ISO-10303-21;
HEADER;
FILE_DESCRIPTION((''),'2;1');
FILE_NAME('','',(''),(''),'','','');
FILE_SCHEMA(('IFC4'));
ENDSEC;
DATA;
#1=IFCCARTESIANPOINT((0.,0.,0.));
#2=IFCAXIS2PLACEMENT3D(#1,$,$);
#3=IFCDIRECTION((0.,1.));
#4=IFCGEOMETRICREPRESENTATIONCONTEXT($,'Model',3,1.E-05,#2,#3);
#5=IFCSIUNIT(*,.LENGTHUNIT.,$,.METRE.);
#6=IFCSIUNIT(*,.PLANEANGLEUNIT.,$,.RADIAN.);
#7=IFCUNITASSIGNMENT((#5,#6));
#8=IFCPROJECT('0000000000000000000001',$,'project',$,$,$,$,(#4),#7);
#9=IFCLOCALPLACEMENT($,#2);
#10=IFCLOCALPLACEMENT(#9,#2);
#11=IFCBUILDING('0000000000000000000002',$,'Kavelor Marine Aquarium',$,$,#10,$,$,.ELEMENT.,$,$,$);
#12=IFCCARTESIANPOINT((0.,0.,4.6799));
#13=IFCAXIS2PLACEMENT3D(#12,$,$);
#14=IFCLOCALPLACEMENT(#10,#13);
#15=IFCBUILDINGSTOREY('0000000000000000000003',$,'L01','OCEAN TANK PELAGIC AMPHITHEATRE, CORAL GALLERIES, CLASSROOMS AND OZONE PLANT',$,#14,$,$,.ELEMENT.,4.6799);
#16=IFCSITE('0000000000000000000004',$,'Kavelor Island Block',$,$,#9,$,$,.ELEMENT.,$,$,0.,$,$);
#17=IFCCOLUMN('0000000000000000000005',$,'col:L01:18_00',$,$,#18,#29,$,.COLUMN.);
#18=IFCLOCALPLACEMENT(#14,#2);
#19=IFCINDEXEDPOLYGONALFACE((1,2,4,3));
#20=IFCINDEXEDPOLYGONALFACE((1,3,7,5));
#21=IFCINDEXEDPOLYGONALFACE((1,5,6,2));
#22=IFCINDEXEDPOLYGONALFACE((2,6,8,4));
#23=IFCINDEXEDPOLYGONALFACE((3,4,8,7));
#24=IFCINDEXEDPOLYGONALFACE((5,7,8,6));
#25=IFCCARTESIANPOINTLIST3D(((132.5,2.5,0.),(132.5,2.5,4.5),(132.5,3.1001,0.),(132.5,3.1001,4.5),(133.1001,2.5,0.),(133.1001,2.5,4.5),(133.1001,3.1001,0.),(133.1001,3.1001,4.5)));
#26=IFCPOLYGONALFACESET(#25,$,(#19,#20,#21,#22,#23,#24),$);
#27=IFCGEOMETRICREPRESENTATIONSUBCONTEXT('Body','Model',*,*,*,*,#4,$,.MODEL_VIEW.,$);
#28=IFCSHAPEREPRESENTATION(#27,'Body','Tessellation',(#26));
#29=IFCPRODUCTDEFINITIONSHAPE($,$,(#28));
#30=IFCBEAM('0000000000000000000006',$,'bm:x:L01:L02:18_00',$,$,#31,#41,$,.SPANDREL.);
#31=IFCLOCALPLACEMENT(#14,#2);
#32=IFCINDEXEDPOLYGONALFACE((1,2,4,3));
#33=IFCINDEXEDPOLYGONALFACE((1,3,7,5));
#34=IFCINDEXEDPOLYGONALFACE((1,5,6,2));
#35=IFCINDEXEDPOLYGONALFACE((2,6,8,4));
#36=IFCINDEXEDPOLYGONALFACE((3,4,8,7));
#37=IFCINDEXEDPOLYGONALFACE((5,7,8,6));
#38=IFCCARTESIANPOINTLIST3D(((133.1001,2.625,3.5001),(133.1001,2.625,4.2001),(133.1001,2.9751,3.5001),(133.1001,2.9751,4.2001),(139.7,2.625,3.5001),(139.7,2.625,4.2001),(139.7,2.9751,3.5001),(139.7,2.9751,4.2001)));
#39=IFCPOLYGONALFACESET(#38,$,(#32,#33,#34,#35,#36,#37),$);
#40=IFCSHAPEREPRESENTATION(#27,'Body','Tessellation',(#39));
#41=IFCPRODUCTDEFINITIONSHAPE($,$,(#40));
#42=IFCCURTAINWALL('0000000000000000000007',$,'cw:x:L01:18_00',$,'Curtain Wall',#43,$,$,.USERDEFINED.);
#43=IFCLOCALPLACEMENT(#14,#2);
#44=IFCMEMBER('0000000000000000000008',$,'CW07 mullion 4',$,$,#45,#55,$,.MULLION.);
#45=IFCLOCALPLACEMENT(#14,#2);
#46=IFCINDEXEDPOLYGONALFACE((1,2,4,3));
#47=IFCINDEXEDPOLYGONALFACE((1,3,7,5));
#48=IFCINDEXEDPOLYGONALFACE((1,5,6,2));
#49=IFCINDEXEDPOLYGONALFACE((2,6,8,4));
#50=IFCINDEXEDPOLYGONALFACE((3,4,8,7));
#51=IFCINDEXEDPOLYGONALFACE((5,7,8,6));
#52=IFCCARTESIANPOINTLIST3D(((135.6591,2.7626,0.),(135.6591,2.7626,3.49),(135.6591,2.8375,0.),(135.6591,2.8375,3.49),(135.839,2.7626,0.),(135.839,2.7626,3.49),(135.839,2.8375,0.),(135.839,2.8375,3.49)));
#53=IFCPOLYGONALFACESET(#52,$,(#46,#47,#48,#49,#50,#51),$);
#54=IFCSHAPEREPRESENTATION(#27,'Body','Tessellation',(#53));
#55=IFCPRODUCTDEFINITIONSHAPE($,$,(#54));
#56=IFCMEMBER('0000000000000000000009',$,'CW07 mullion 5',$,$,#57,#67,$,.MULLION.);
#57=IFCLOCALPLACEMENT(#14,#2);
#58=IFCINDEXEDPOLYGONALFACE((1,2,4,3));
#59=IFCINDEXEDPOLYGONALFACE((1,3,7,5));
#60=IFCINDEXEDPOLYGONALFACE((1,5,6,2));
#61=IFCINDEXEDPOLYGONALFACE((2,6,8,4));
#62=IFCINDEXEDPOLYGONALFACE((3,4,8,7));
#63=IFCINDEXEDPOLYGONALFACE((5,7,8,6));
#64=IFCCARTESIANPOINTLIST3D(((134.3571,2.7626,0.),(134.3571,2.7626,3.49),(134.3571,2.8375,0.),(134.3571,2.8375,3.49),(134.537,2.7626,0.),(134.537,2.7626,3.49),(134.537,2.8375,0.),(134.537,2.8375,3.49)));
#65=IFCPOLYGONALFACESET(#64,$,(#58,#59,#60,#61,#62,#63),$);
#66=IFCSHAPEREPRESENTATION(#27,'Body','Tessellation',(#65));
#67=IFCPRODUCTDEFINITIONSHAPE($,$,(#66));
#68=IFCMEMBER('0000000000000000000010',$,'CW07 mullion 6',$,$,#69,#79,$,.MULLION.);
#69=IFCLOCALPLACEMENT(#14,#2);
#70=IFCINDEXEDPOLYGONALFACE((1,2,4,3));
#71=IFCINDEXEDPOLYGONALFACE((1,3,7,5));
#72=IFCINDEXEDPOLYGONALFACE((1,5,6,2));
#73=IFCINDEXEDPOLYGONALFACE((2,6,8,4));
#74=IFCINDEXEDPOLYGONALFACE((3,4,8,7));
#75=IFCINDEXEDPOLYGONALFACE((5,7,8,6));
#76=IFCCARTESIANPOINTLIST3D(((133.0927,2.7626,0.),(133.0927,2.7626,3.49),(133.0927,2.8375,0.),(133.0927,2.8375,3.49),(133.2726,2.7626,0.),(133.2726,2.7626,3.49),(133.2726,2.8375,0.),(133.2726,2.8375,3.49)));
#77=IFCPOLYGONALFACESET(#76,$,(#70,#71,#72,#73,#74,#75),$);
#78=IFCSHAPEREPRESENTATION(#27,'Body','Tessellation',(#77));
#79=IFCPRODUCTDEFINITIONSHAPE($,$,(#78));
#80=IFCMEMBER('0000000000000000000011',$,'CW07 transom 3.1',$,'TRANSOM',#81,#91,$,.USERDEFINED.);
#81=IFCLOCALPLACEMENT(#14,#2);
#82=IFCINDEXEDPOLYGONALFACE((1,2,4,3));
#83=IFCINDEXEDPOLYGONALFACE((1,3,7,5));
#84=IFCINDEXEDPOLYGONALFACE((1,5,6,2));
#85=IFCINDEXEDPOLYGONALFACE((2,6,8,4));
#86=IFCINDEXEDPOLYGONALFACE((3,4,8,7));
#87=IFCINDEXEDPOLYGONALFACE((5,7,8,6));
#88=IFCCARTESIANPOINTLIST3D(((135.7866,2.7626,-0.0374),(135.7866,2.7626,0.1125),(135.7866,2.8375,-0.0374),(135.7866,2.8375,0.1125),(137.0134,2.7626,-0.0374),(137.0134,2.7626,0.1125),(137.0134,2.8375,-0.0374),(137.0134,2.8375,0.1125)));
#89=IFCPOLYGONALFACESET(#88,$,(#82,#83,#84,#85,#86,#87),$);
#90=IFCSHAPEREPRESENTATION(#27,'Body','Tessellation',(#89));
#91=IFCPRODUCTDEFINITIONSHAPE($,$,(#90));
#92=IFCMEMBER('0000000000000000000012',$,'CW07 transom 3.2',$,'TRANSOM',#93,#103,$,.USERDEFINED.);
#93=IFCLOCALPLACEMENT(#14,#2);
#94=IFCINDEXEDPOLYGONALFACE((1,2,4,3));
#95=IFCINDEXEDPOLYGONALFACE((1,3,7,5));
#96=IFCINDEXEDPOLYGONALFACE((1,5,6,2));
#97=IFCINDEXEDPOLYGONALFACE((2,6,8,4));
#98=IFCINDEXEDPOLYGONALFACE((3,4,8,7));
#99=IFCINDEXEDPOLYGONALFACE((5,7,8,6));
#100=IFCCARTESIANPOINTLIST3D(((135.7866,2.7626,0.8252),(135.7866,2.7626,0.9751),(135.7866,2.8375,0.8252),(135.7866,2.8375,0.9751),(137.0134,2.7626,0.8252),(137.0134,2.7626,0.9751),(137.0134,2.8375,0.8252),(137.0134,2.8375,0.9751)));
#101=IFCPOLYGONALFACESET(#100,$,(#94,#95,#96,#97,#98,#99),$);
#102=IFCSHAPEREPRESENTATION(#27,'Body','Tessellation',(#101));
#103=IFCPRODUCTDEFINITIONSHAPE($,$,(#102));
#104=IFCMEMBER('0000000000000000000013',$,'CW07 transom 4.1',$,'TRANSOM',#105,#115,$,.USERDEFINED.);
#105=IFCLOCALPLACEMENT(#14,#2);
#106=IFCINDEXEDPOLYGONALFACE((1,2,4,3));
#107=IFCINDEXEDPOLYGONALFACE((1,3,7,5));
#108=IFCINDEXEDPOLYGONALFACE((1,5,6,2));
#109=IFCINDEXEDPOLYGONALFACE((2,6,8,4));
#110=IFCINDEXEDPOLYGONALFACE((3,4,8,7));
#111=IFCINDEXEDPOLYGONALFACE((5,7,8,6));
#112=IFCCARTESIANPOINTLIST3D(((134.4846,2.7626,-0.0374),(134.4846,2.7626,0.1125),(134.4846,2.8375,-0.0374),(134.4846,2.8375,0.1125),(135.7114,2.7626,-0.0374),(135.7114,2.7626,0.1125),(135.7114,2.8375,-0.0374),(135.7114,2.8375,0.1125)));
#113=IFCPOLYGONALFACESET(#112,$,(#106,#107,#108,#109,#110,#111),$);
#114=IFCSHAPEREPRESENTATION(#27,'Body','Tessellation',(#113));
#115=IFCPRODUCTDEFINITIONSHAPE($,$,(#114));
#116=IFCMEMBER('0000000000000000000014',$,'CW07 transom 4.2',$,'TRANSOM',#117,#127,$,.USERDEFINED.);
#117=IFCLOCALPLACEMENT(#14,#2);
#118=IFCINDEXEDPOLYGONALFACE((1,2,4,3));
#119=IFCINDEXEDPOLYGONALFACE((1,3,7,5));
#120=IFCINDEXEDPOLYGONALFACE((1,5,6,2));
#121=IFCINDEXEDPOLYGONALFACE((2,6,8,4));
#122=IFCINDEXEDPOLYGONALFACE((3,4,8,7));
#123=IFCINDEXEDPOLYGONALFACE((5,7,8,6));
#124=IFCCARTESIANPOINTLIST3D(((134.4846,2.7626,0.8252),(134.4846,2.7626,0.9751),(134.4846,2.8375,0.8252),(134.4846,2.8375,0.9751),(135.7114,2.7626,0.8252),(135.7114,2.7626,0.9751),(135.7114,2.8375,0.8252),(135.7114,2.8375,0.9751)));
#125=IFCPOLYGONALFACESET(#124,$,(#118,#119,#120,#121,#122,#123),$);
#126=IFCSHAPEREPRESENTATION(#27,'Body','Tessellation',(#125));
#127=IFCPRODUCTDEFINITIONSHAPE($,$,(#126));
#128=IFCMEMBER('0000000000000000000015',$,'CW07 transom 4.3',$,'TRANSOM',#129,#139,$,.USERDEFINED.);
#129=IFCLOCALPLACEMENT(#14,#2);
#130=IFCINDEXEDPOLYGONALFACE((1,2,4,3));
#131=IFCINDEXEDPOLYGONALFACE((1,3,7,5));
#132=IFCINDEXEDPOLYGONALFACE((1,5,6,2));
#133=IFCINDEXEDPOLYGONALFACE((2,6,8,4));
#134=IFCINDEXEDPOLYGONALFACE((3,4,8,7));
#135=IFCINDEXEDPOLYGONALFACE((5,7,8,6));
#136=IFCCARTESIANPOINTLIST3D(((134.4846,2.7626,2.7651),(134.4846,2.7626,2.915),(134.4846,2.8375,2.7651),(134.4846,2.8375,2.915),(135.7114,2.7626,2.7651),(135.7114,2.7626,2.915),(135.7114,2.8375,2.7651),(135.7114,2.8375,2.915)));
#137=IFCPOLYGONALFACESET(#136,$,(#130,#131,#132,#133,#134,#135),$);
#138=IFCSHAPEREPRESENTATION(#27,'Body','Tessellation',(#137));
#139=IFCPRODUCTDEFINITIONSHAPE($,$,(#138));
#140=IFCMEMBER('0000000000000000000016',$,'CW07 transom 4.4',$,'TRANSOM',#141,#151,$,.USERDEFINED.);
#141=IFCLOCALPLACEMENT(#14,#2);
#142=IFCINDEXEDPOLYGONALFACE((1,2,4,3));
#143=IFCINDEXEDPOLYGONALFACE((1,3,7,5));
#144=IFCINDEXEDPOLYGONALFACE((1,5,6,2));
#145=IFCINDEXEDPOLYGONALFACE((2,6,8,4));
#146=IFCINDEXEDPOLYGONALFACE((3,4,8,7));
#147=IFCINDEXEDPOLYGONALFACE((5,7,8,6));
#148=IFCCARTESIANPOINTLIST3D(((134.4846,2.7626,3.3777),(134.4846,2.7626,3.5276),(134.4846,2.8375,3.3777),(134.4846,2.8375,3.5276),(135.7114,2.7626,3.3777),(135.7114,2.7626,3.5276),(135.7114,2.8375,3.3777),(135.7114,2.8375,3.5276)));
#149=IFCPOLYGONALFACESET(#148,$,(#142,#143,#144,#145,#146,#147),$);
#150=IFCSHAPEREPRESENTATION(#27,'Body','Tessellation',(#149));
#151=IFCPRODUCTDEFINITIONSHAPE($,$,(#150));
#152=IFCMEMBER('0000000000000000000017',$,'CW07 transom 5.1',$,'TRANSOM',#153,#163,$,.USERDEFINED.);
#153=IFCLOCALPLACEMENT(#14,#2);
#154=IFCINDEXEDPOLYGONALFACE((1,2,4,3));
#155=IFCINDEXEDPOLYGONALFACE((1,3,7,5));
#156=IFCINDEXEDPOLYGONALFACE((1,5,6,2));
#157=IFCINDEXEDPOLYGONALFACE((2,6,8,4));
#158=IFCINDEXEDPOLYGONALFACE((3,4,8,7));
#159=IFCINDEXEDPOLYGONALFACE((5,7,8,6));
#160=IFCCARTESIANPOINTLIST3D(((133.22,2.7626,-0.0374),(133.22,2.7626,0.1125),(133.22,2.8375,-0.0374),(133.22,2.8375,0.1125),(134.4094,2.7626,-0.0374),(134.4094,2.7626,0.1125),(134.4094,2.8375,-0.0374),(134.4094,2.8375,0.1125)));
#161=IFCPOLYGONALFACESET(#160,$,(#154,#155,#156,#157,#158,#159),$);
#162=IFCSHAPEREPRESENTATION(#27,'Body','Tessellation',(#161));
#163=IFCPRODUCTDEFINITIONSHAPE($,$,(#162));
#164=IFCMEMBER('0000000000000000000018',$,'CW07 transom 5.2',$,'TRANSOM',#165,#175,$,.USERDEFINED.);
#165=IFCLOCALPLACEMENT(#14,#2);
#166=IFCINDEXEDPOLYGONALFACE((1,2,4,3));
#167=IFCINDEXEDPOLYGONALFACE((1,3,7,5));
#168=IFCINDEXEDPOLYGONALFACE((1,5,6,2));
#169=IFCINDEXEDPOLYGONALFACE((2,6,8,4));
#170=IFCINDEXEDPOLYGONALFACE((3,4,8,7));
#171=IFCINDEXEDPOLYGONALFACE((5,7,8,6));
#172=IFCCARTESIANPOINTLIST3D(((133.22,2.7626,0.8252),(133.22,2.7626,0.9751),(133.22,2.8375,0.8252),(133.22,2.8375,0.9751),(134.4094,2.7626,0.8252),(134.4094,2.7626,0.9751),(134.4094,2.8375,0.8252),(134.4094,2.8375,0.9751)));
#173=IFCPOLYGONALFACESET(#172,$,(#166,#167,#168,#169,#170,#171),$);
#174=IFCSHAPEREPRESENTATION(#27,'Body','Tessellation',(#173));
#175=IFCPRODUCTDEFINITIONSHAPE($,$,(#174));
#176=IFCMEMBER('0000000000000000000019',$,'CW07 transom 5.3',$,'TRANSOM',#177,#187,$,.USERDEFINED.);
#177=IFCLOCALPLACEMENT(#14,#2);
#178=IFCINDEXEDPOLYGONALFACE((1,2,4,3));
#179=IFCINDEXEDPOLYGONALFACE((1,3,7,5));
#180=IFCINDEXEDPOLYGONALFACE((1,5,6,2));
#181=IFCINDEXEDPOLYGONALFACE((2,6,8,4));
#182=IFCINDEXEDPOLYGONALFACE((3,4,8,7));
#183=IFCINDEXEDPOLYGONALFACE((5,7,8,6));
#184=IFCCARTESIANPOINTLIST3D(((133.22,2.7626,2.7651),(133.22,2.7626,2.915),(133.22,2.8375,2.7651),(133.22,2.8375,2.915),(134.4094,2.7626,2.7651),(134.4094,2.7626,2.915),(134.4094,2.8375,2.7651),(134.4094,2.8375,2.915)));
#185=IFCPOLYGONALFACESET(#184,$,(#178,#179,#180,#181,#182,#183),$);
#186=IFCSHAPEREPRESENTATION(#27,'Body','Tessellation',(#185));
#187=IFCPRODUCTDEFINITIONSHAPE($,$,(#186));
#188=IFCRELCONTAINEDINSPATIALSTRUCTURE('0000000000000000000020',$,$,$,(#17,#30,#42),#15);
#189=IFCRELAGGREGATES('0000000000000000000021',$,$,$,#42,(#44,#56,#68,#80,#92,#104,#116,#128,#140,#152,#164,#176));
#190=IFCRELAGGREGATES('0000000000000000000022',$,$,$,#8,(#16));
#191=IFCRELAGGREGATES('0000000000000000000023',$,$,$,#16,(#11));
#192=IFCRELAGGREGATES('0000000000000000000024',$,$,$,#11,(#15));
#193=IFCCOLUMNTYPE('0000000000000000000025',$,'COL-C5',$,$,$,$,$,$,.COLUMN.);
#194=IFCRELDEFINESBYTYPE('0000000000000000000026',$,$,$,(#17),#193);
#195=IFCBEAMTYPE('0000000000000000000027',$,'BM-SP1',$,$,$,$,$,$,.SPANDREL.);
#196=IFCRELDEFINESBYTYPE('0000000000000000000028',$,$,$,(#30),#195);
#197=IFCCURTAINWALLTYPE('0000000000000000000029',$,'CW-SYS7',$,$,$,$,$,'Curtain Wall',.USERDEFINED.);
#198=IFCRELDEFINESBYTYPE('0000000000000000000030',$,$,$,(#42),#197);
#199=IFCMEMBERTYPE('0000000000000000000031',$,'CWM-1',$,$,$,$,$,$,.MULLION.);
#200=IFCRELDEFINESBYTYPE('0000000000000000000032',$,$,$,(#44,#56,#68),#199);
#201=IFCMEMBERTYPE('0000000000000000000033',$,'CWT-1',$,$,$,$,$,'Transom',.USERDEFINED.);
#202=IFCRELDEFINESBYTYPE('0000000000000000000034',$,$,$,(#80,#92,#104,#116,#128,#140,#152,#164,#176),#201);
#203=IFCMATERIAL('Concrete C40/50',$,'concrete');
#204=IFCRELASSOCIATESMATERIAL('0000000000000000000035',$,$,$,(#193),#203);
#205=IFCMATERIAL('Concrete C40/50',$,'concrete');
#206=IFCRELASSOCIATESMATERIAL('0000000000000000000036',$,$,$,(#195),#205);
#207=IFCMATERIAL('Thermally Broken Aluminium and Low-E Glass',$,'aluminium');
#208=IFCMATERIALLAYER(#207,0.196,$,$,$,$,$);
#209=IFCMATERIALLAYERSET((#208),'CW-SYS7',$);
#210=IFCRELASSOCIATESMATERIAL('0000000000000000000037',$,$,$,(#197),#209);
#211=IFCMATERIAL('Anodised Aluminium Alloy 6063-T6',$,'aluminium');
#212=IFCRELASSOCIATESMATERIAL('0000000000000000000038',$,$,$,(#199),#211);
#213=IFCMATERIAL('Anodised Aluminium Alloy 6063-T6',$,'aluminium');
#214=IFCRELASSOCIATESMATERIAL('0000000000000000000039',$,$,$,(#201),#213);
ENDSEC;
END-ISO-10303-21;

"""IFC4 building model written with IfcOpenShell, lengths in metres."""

from ifc_helpers import new_model, si_unit, direction, frame, origin, origin_2d, place, context, subcontext, project, spatial, rectangle, extrude, material, layer, layer_set, material_profile, profile_set, type_object, element, aggregate, save


model = new_model("IFC4")

# Units and contexts
model_context = context("Model", 3, precision=1e-05, world=origin(), true_north=direction((0.0, 1.0)))
body_context = subcontext(model_context, "Body", "Model", "MODEL_VIEW")
ifc_project = project(units=[si_unit("LENGTHUNIT", "METRE"), si_unit("PLANEANGLEUNIT", "RADIAN")], contexts=[model_context])

# Site, building, storey
site_placement = place(None, origin())
site = spatial("IfcSite", under=ifc_project, at=site_placement, Name="Kavelor Island Block", CompositionType="ELEMENT", RefElevation=0.0)
building_placement = place(site_placement, origin())
building = spatial("IfcBuilding", under=site, at=building_placement, Name="Kavelor Marine Aquarium", CompositionType="ELEMENT")
storey_placement = place(building_placement, frame((0.0, 0.0, 4.6799)))
storey = spatial("IfcBuildingStorey", under=building, at=storey_placement, Name="L01", Description="OCEAN TANK PELAGIC AMPHITHEATRE, CORAL GALLERIES, CLASSROOMS AND OZONE PLANT", CompositionType="ELEMENT", Elevation=4.6799)

# Column
ifc_material_1 = material(Name="Concrete C40/50", Category="concrete")
ifc_material_profile_1 = material_profile(ifc_material_1, rectangle(XDim=0.6001, YDim=0.6001, at=origin_2d()), Name="RC-COL 600x600")
ifc_profile_set_1 = profile_set([ifc_material_profile_1], Name="Concrete C40/50")
column_type = type_object("IfcColumnType", Name="COL-C5", PredefinedType="COLUMN", material=ifc_profile_set_1)
column_placement = place(storey_placement, frame((132.8, 2.8, 0.0), z_axis=(0.0, 0.0, 1.0), x_axis=(1.0, 0.0, 0.0)))
element("IfcColumn", 1, at=column_placement, inside=storey, type_object=column_type, Name="col:L01:18_00", PredefinedType="COLUMN", context=body_context, shape_type="SweptSolid", body=[
    extrude(rectangle(XDim=0.6001, YDim=0.6001, at=origin_2d()), origin(), (0.0, 0.0, 1.0), 4.5),
])

# Beam
ifc_material_2 = material(Name="Concrete C40/50", Category="concrete")
ifc_material_profile_2 = material_profile(ifc_material_2, rectangle(XDim=0.3501, YDim=0.7, at=origin_2d()), Name="RC-SP 350x700")
ifc_profile_set_2 = profile_set([ifc_material_profile_2], Name="Concrete C40/50")
beam_type = type_object("IfcBeamType", Name="BM-SP1", PredefinedType="SPANDREL", material=ifc_profile_set_2)
beam_placement = place(storey_placement, frame((133.1001, 2.8, 3.8501), z_axis=(1.0, 0.0, 0.0), x_axis=(0.0, 1.0, 0.0)))
element("IfcBeam", 2, at=beam_placement, inside=storey, type_object=beam_type, Name="bm:x:L01:L02:18_00", PredefinedType="SPANDREL", context=body_context, shape_type="SweptSolid", body=[
    extrude(rectangle(XDim=0.3501, YDim=0.7, at=origin_2d()), origin(), (0.0, 0.0, 1.0), 6.5999),
])

# Curtain wall, members
ifc_material_3 = material(Name="Thermally Broken Aluminium and Low-E Glass", Category="aluminium")
ifc_layer_1 = layer(ifc_material_3, 0.196)
ifc_layer_set_1 = layer_set([ifc_layer_1], Name="CW-SYS7")
curtain_wall_type = type_object("IfcCurtainWallType", Name="CW-SYS7", ElementType="Curtain Wall", PredefinedType="USERDEFINED", material=ifc_layer_set_1)
curtain_wall_placement = place(storey_placement, origin())
curtain_wall = element("IfcCurtainWall", 3, at=curtain_wall_placement, inside=storey, type_object=curtain_wall_type, Name="cw:x:L01:18_00", ObjectType="Curtain Wall", PredefinedType="USERDEFINED")
ifc_material_4 = material(Name="Anodised Aluminium Alloy 6063-T6", Category="aluminium")
ifc_material_profile_3 = material_profile(ifc_material_4, rectangle(XDim=0.075, YDim=0.1799, at=origin_2d()), Name="CW-MUL 75x180")
ifc_profile_set_3 = profile_set([ifc_material_profile_3], Name="Anodised Aluminium Alloy 6063-T6")
member_type_1 = type_object("IfcMemberType", Name="CWM-1", PredefinedType="MULLION", material=ifc_profile_set_3)
member_1_placement = place(storey_placement, frame((135.749, 2.8, 0.0), z_axis=(0.0, 0.0, 1.0), x_axis=(0.0, -1.0, 0.0)))
member_1 = element("IfcMember", 4, at=member_1_placement, type_object=member_type_1, Name="CW07 mullion 4", PredefinedType="MULLION", context=body_context, shape_type="SweptSolid", body=[
    extrude(rectangle(XDim=0.075, YDim=0.1799, at=origin_2d()), origin(), (0.0, 0.0, 1.0), 3.49),
])
member_2_placement = place(storey_placement, frame((134.447, 2.8, 0.0), z_axis=(0.0, 0.0, 1.0), x_axis=(0.0, -1.0, 0.0)))
member_2 = element("IfcMember", 5, at=member_2_placement, type_object=member_type_1, Name="CW07 mullion 5", PredefinedType="MULLION", context=body_context, shape_type="SweptSolid", body=[
    extrude(rectangle(XDim=0.075, YDim=0.1799, at=origin_2d()), origin(), (0.0, 0.0, 1.0), 3.49),
])
member_3_placement = place(storey_placement, frame((133.1826, 2.8, 0.0), z_axis=(0.0, 0.0, 1.0), x_axis=(0.0, -1.0, 0.0)))
member_3 = element("IfcMember", 6, at=member_3_placement, type_object=member_type_1, Name="CW07 mullion 6", PredefinedType="MULLION", context=body_context, shape_type="SweptSolid", body=[
    extrude(rectangle(XDim=0.075, YDim=0.1799, at=origin_2d()), origin(), (0.0, 0.0, 1.0), 3.49),
])
ifc_material_5 = material(Name="Anodised Aluminium Alloy 6063-T6", Category="aluminium")
ifc_material_profile_4 = material_profile(ifc_material_5, rectangle(XDim=0.075, YDim=0.1499, at=origin_2d()), Name="CW-TRN 75x150")
ifc_profile_set_4 = profile_set([ifc_material_profile_4], Name="Anodised Aluminium Alloy 6063-T6")
member_type_2 = type_object("IfcMemberType", Name="CWT-1", ElementType="Transom", PredefinedType="USERDEFINED", material=ifc_profile_set_4)
member_4_placement = place(storey_placement, frame((137.0134, 2.8, 0.0376), z_axis=(-1.0, 0.0, 0.0), x_axis=(0.0, -1.0, 0.0)))
member_4 = element("IfcMember", 7, at=member_4_placement, type_object=member_type_2, Name="CW07 transom 3.1", ObjectType="TRANSOM", PredefinedType="USERDEFINED", context=body_context, shape_type="SweptSolid", body=[
    extrude(rectangle(XDim=0.075, YDim=0.1499, at=origin_2d()), origin(), (0.0, 0.0, 1.0), 1.2268),
])
member_5_placement = place(storey_placement, frame((137.0134, 2.8, 0.9001), z_axis=(-1.0, 0.0, 0.0), x_axis=(0.0, -1.0, 0.0)))
member_5 = element("IfcMember", 8, at=member_5_placement, type_object=member_type_2, Name="CW07 transom 3.2", ObjectType="TRANSOM", PredefinedType="USERDEFINED", context=body_context, shape_type="SweptSolid", body=[
    extrude(rectangle(XDim=0.075, YDim=0.1499, at=origin_2d()), origin(), (0.0, 0.0, 1.0), 1.2268),
])
member_6_placement = place(storey_placement, frame((135.7114, 2.8, 0.0376), z_axis=(-1.0, 0.0, 0.0), x_axis=(0.0, -1.0, 0.0)))
member_6 = element("IfcMember", 9, at=member_6_placement, type_object=member_type_2, Name="CW07 transom 4.1", ObjectType="TRANSOM", PredefinedType="USERDEFINED", context=body_context, shape_type="SweptSolid", body=[
    extrude(rectangle(XDim=0.075, YDim=0.1499, at=origin_2d()), origin(), (0.0, 0.0, 1.0), 1.2268),
])
member_7_placement = place(storey_placement, frame((135.7114, 2.8, 0.9001), z_axis=(-1.0, 0.0, 0.0), x_axis=(0.0, -1.0, 0.0)))
member_7 = element("IfcMember", 10, at=member_7_placement, type_object=member_type_2, Name="CW07 transom 4.2", ObjectType="TRANSOM", PredefinedType="USERDEFINED", context=body_context, shape_type="SweptSolid", body=[
    extrude(rectangle(XDim=0.075, YDim=0.1499, at=origin_2d()), origin(), (0.0, 0.0, 1.0), 1.2268),
])
member_8_placement = place(storey_placement, frame((135.7114, 2.8, 2.8401), z_axis=(-1.0, 0.0, 0.0), x_axis=(0.0, -1.0, 0.0)))
member_8 = element("IfcMember", 11, at=member_8_placement, type_object=member_type_2, Name="CW07 transom 4.3", ObjectType="TRANSOM", PredefinedType="USERDEFINED", context=body_context, shape_type="SweptSolid", body=[
    extrude(rectangle(XDim=0.075, YDim=0.1499, at=origin_2d()), origin(), (0.0, 0.0, 1.0), 1.2268),
])
member_9_placement = place(storey_placement, frame((135.7114, 2.8, 3.4526), z_axis=(-1.0, 0.0, 0.0), x_axis=(0.0, -1.0, 0.0)))
member_9 = element("IfcMember", 12, at=member_9_placement, type_object=member_type_2, Name="CW07 transom 4.4", ObjectType="TRANSOM", PredefinedType="USERDEFINED", context=body_context, shape_type="SweptSolid", body=[
    extrude(rectangle(XDim=0.075, YDim=0.1499, at=origin_2d()), origin(), (0.0, 0.0, 1.0), 1.2268),
])
member_10_placement = place(storey_placement, frame((134.4094, 2.8, 0.0376), z_axis=(-1.0, 0.0, 0.0), x_axis=(0.0, -1.0, 0.0)))
member_10 = element("IfcMember", 13, at=member_10_placement, type_object=member_type_2, Name="CW07 transom 5.1", ObjectType="TRANSOM", PredefinedType="USERDEFINED", context=body_context, shape_type="SweptSolid", body=[
    extrude(rectangle(XDim=0.075, YDim=0.1499, at=origin_2d()), origin(), (0.0, 0.0, 1.0), 1.1895),
])
member_11_placement = place(storey_placement, frame((134.4094, 2.8, 0.9001), z_axis=(-1.0, 0.0, 0.0), x_axis=(0.0, -1.0, 0.0)))
member_11 = element("IfcMember", 14, at=member_11_placement, type_object=member_type_2, Name="CW07 transom 5.2", ObjectType="TRANSOM", PredefinedType="USERDEFINED", context=body_context, shape_type="SweptSolid", body=[
    extrude(rectangle(XDim=0.075, YDim=0.1499, at=origin_2d()), origin(), (0.0, 0.0, 1.0), 1.1895),
])
member_12_placement = place(storey_placement, frame((134.4094, 2.8, 2.8401), z_axis=(-1.0, 0.0, 0.0), x_axis=(0.0, -1.0, 0.0)))
member_12 = element("IfcMember", 15, at=member_12_placement, type_object=member_type_2, Name="CW07 transom 5.3", ObjectType="TRANSOM", PredefinedType="USERDEFINED", context=body_context, shape_type="SweptSolid", body=[
    extrude(rectangle(XDim=0.075, YDim=0.1499, at=origin_2d()), origin(), (0.0, 0.0, 1.0), 1.1895),
])
aggregate(curtain_wall, [member_1, member_2, member_3, member_4, member_5, member_6, member_7, member_8, member_9, member_10, member_11, member_12])

save(model, "model.ifc")
